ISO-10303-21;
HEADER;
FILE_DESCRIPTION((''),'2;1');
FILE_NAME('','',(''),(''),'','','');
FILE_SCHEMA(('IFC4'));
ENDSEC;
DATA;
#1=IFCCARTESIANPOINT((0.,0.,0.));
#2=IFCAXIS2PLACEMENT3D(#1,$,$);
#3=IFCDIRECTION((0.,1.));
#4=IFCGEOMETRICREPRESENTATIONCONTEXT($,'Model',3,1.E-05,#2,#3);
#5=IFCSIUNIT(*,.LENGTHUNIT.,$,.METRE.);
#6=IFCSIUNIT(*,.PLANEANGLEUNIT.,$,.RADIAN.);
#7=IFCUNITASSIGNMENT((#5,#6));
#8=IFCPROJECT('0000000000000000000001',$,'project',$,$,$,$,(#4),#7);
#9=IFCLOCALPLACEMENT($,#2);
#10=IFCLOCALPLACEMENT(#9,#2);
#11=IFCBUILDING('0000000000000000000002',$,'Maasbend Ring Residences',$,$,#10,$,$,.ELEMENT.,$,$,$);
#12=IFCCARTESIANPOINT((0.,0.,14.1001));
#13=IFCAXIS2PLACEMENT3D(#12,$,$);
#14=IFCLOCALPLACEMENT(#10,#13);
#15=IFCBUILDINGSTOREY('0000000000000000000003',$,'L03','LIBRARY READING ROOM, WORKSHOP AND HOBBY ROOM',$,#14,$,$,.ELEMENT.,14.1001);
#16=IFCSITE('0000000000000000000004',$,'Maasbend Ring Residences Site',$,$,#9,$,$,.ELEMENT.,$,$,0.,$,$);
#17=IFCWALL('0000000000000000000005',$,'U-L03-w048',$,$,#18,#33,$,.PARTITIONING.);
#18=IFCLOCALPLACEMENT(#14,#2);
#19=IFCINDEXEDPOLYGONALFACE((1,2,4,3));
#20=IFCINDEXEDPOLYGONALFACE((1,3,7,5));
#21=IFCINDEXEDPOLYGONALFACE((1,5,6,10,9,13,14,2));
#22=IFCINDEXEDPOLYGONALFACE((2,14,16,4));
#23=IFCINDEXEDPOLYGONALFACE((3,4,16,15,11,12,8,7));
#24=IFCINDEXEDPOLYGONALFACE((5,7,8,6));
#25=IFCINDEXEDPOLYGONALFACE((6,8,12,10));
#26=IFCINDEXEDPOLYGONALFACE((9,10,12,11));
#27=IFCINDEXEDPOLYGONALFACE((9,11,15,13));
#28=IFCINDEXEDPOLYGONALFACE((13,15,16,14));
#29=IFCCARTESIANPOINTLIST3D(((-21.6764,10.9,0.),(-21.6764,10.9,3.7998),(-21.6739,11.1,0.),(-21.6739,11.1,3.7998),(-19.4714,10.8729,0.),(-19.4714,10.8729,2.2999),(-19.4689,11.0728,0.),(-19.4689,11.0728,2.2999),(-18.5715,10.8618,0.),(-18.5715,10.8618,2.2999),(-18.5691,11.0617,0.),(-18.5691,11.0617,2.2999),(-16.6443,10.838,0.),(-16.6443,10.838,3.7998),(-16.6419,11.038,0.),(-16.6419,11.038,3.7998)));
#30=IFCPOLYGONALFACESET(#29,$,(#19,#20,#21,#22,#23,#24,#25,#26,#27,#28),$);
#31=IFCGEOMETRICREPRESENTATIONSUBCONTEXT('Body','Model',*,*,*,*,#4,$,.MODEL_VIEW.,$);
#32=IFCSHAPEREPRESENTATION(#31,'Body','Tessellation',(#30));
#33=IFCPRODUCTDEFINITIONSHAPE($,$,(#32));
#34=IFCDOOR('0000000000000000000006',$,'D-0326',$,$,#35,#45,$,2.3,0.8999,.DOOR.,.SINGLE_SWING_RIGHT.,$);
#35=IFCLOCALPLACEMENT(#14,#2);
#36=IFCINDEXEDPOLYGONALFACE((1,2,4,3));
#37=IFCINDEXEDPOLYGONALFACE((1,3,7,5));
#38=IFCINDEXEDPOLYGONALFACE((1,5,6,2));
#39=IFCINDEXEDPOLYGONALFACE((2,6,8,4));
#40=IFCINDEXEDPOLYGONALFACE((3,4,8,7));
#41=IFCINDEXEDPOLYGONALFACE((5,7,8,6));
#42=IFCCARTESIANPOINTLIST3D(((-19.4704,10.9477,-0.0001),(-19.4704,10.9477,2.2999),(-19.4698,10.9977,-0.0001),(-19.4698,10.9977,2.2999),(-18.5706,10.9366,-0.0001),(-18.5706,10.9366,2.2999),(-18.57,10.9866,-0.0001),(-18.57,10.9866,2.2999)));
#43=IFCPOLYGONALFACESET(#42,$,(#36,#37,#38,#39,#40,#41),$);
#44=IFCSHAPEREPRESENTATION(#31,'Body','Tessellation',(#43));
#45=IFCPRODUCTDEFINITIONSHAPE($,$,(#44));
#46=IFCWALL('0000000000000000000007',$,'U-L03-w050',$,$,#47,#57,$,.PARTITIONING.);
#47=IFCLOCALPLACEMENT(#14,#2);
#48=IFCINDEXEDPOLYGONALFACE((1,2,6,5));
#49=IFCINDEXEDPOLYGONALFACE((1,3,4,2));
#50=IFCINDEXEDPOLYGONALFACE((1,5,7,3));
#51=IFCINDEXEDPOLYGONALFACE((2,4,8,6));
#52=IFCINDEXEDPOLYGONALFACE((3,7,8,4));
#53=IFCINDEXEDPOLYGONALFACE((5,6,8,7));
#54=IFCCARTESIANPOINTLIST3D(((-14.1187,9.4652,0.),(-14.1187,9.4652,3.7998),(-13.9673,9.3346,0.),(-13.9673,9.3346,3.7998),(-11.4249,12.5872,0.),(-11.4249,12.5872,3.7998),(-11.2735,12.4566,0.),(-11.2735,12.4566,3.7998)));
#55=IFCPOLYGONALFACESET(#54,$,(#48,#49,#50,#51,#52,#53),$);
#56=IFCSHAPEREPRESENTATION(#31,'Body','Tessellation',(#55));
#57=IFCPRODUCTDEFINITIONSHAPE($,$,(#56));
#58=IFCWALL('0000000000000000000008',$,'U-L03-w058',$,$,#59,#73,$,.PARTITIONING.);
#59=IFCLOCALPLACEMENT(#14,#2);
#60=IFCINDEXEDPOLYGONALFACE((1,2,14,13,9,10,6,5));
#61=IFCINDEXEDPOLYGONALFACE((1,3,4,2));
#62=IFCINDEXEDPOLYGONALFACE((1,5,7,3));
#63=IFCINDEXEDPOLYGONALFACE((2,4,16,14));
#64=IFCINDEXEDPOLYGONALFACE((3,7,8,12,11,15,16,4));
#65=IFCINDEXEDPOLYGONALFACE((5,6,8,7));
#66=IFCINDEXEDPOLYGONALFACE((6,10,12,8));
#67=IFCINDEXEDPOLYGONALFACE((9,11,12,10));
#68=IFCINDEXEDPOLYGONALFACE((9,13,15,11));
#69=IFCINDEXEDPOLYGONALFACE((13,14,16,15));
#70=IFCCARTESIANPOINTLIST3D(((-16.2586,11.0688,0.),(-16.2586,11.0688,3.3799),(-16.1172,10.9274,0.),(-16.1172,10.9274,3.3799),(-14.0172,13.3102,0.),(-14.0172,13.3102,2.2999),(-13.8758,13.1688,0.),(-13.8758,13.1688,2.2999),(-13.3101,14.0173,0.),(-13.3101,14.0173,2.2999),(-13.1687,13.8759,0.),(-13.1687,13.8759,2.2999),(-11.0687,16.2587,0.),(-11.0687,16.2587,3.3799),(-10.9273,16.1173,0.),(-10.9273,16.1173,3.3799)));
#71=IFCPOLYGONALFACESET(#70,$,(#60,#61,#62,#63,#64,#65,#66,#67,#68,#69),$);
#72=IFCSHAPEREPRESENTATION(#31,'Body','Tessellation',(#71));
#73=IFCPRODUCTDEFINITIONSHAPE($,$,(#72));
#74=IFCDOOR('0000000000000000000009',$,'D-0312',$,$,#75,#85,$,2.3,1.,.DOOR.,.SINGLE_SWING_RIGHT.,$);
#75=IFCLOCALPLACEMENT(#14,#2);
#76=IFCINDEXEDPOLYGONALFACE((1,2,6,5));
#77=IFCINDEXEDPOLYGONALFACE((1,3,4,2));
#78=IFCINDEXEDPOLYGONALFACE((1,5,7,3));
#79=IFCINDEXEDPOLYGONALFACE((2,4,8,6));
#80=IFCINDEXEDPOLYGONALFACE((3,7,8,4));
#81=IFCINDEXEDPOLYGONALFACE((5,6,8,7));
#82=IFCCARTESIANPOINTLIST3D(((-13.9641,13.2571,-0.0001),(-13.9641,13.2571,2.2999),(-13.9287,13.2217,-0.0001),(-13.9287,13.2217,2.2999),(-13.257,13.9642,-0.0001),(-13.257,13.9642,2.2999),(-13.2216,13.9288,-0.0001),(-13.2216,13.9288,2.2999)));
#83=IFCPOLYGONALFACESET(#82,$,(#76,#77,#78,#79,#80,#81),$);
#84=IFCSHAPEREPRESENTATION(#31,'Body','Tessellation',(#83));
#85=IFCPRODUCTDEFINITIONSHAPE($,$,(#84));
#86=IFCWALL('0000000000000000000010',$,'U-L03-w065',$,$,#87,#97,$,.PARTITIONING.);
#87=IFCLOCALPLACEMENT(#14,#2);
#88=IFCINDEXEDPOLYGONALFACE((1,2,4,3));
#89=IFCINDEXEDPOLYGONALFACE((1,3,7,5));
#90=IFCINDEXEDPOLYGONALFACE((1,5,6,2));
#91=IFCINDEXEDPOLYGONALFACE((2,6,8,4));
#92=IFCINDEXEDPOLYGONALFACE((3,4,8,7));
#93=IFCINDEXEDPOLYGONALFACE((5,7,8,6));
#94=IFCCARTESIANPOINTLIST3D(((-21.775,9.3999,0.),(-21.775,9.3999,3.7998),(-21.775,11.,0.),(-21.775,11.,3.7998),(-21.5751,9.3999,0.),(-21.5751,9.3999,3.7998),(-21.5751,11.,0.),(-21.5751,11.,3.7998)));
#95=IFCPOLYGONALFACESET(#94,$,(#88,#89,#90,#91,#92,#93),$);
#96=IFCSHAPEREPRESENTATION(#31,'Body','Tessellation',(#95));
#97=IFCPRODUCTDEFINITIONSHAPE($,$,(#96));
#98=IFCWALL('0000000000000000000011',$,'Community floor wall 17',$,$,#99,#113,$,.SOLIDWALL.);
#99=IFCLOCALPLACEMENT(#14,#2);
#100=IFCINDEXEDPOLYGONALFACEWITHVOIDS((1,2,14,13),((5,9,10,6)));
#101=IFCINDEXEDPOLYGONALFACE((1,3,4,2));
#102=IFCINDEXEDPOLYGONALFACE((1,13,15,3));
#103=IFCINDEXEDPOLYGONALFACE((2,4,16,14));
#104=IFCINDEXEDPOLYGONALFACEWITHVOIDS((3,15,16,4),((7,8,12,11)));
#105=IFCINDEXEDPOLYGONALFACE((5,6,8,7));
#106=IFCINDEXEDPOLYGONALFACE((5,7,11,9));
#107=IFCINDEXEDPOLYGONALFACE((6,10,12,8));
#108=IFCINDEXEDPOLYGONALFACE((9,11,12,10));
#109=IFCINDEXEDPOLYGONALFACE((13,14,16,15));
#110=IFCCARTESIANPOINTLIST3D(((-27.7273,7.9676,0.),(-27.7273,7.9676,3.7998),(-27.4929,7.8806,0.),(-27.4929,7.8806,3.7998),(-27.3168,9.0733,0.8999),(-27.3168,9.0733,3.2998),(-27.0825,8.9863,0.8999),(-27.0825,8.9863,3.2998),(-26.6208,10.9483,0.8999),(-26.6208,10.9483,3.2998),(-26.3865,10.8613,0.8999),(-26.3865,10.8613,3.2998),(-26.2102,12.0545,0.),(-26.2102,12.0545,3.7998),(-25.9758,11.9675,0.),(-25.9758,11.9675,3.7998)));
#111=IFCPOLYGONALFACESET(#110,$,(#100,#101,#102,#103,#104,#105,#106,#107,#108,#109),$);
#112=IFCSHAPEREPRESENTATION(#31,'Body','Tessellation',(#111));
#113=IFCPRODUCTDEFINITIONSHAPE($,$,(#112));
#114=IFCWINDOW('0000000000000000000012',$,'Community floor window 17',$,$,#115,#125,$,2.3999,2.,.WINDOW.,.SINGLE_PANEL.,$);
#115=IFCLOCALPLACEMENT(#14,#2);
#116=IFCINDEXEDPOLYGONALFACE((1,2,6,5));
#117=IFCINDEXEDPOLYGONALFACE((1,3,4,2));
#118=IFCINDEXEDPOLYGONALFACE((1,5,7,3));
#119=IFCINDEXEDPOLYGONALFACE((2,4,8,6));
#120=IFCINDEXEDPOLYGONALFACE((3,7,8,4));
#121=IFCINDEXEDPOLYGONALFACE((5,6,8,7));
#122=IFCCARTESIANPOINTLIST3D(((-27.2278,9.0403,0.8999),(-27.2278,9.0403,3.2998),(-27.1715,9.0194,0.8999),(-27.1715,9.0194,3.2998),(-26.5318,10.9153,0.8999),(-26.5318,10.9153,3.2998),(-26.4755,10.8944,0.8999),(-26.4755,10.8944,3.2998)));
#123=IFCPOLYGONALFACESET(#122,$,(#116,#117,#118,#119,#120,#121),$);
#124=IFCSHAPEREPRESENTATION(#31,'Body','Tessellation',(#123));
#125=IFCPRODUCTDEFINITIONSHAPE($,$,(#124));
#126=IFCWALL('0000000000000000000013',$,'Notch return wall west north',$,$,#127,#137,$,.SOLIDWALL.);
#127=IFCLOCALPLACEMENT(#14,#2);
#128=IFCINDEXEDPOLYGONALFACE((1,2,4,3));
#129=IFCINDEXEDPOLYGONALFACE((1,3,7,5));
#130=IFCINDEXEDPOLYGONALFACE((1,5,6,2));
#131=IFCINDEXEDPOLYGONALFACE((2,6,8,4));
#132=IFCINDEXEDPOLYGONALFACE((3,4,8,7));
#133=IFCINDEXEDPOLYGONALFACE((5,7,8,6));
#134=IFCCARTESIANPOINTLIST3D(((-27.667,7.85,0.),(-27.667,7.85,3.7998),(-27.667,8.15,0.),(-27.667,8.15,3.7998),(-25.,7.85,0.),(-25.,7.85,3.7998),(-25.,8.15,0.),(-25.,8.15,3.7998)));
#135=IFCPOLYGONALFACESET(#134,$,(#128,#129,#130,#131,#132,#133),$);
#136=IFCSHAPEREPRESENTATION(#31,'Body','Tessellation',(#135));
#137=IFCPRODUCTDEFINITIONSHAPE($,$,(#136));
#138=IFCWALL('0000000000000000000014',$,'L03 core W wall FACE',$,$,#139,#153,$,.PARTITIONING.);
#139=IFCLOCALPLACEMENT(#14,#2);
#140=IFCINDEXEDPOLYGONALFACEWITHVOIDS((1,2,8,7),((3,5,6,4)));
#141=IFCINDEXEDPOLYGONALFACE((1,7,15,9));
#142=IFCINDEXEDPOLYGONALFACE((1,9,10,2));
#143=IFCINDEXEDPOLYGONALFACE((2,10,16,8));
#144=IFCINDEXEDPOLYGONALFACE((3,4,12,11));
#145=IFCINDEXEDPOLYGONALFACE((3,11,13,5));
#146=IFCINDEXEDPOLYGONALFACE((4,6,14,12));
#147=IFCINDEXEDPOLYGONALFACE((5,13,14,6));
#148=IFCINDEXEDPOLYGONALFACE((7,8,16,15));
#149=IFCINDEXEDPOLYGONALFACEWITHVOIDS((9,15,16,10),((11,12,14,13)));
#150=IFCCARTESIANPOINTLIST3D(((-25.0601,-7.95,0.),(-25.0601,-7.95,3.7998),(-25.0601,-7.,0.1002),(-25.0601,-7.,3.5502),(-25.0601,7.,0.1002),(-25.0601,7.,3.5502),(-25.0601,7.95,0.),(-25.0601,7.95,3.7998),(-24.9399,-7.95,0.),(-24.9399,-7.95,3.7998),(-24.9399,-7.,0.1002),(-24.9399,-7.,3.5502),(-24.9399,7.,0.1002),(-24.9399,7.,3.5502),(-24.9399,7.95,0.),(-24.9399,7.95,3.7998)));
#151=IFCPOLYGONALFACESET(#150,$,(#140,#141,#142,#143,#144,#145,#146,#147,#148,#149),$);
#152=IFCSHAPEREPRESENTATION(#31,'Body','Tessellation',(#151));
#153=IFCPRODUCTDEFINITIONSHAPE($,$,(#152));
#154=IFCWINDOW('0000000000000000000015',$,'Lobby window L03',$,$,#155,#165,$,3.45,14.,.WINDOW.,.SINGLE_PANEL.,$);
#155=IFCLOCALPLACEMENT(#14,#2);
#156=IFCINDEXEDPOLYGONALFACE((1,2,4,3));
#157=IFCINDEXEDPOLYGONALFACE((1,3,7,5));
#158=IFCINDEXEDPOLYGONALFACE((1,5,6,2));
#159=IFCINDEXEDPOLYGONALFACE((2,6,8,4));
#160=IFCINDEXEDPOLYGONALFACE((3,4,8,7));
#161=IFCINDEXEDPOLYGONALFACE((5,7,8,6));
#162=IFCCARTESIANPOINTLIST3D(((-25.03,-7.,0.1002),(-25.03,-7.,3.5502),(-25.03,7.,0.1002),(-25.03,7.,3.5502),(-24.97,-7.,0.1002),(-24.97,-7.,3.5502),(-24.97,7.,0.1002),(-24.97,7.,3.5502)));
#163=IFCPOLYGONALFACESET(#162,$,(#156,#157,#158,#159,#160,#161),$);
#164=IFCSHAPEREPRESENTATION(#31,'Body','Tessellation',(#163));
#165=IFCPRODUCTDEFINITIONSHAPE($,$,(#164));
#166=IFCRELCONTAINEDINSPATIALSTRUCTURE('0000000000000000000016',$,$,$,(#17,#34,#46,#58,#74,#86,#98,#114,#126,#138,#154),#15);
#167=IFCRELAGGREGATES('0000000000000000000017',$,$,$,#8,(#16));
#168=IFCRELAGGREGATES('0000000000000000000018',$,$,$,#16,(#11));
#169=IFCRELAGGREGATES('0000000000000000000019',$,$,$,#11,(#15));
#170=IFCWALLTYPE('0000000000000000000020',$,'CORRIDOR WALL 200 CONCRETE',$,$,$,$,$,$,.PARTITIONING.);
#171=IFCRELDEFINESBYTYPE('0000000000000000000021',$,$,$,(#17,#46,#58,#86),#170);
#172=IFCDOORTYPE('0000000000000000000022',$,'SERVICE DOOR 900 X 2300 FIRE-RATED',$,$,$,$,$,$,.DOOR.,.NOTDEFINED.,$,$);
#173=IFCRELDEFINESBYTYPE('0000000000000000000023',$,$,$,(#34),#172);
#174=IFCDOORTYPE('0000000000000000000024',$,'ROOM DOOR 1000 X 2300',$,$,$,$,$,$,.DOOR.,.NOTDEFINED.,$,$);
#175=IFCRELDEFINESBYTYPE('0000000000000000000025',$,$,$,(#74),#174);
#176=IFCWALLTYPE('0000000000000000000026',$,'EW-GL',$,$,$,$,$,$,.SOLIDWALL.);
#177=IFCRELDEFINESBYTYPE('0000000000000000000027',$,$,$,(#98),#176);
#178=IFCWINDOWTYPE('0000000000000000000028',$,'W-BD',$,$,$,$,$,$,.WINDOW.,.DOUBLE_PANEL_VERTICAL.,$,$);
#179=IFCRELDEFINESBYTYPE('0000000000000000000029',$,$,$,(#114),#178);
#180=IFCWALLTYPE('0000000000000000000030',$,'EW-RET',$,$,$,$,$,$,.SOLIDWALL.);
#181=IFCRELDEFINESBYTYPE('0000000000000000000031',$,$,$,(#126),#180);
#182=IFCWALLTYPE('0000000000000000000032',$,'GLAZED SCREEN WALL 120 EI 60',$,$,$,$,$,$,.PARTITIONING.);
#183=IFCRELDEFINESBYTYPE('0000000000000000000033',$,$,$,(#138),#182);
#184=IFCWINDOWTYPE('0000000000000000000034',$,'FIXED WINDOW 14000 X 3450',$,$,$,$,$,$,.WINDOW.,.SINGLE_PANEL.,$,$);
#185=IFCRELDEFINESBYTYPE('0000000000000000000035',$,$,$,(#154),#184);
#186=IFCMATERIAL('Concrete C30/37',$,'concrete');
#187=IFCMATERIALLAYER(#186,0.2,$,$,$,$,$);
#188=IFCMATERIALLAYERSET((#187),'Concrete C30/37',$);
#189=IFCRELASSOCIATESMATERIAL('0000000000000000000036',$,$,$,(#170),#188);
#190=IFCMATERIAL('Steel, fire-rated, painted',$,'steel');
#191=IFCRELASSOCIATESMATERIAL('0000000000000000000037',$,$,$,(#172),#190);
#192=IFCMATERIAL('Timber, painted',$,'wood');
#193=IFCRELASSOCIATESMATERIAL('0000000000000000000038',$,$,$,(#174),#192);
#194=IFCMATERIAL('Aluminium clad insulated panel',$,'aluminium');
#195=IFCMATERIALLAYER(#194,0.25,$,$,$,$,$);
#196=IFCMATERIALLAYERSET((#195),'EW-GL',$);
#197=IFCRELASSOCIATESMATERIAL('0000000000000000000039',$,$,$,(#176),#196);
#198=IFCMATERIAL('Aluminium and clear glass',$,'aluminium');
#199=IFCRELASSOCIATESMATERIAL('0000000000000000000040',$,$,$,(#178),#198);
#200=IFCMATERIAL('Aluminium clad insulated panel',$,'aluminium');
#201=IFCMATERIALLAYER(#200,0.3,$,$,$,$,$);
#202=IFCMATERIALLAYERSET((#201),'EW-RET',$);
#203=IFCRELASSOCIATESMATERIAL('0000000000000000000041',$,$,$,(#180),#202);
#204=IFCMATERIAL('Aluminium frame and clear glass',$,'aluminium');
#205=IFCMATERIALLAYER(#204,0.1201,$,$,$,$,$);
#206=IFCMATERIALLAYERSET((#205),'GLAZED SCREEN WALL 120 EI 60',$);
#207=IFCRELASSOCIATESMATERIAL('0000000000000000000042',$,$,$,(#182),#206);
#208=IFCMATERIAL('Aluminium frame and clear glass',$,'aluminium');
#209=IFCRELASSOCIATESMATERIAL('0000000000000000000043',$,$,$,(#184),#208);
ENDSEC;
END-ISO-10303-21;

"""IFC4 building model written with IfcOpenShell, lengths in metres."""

from ifc_helpers import new_model, si_unit, direction, frame, frame_2d, origin, place, context, subcontext, project, spatial, rectangle, extrude, material, layer, layer_set, type_object, element, fill, save


model = new_model("IFC4")

# Units and contexts
model_context = context("Model", 3, precision=1e-05, world=origin(), true_north=direction((0.0, 1.0)))
body_context = subcontext(model_context, "Body", "Model", "MODEL_VIEW")
ifc_project = project(units=[si_unit("LENGTHUNIT", "METRE"), si_unit("PLANEANGLEUNIT", "RADIAN")], contexts=[model_context])

# Site, building, storey
site_placement = place(None, origin())
site = spatial("IfcSite", under=ifc_project, at=site_placement, Name="Maasbend Ring Residences Site", CompositionType="ELEMENT", RefElevation=0.0)
building_placement = place(site_placement, origin())
building = spatial("IfcBuilding", under=site, at=building_placement, Name="Maasbend Ring Residences", CompositionType="ELEMENT")
storey_placement = place(building_placement, frame((0.0, 0.0, 14.1001)))
storey = spatial("IfcBuildingStorey", under=building, at=storey_placement, Name="L03", Description="LIBRARY READING ROOM, WORKSHOP AND HOBBY ROOM", CompositionType="ELEMENT", Elevation=14.1001)

# Wall, opening, door
ifc_material_1 = material(Name="Concrete C30/37", Category="concrete")
ifc_layer_1 = layer(ifc_material_1, 0.2)
ifc_layer_set_1 = layer_set([ifc_layer_1], Name="Concrete C30/37")
wall_type_1 = type_object("IfcWallType", Name="CORRIDOR WALL 200 CONCRETE", PredefinedType="PARTITIONING", material=ifc_layer_set_1)
wall_1_placement = place(storey_placement, frame((-21.675, 11.0, 0.0), z_axis=(0.0, 0.0, 1.0), x_axis=(0.999924, -0.012323, 0.0)))
wall_1 = element("IfcWall", 1, at=wall_1_placement, inside=storey, type_object=wall_type_1, Name="U-L03-w048", PredefinedType="PARTITIONING", context=body_context, shape_type="SweptSolid", body=[
    extrude(rectangle(XDim=5.0325, YDim=0.2, at=frame_2d((2.5161, 0.0))), origin(), (0.0, 0.0, 1.0), 3.7998),
])
opening_1_placement = place(wall_1_placement, frame((2.2051, 0.0, 0.0)))
opening_1 = element("IfcOpeningElement", 2, at=opening_1_placement, cuts=wall_1, PredefinedType="OPENING", context=body_context, shape_type="SweptSolid", body=[
    extrude(rectangle(XDim=0.8999, YDim=2.3, at=frame_2d((0.45, 1.1499))), frame((0.0, 0.1099, 0.0), z_axis=(0.0, -1.0, 0.0), x_axis=(1.0, 0.0, 0.0)), (0.0, 0.0, 1.0), 0.22),
])
ifc_material_2 = material(Name="Steel, fire-rated, painted", Category="steel")
door_type_1 = type_object("IfcDoorType", Name="SERVICE DOOR 900 X 2300 FIRE-RATED", OperationType="NOTDEFINED", PredefinedType="DOOR", material=ifc_material_2)
door_1_placement = place(opening_1_placement, origin())
door_1 = element("IfcDoor", 3, at=door_1_placement, inside=storey, type_object=door_type_1, Name="D-0326", OperationType="SINGLE_SWING_RIGHT", OverallHeight=2.3, OverallWidth=0.8999, PredefinedType="DOOR", context=body_context, shape_type="SweptSolid", body=[
    extrude(rectangle(XDim=0.8999, YDim=2.3, at=frame_2d((0.45, 1.1499))), frame((0.0, 0.0249, 0.0), z_axis=(0.0, -1.0, 0.0), x_axis=(1.0, 0.0, 0.0)), (0.0, 0.0, 1.0), 0.05),
])
fill(opening_1, door_1)

# Wall
wall_2_placement = place(storey_placement, frame((-14.043, 9.3999, 0.0), z_axis=(0.0, 0.0, 1.0), x_axis=(0.653275, 0.757121, 0.0)))
element("IfcWall", 4, at=wall_2_placement, inside=storey, type_object=wall_type_1, Name="U-L03-w050", PredefinedType="PARTITIONING", context=body_context, shape_type="SweptSolid", body=[
    extrude(rectangle(XDim=4.1235, YDim=0.2, at=frame_2d((2.0618, 0.0))), origin(), (0.0, 0.0, 1.0), 3.7998),
])

# Wall, opening, door
wall_3_placement = place(storey_placement, frame((-16.188, 10.998, 0.0), z_axis=(0.0, 0.0, 1.0), x_axis=(0.707107, 0.707107, 0.0)))
wall_3 = element("IfcWall", 5, at=wall_3_placement, inside=storey, type_object=wall_type_1, Name="U-L03-w058", PredefinedType="PARTITIONING", context=body_context, shape_type="SweptSolid", body=[
    extrude(rectangle(XDim=7.3396, YDim=0.2, at=frame_2d((3.6699, 0.0))), origin(), (0.0, 0.0, 1.0), 3.3799),
])
opening_2_placement = place(wall_3_placement, frame((3.1699, 0.0, 0.0)))
opening_2 = element("IfcOpeningElement", 6, at=opening_2_placement, cuts=wall_3, PredefinedType="OPENING", context=body_context, shape_type="SweptSolid", body=[
    extrude(rectangle(XDim=1.0, YDim=2.3, at=frame_2d((0.5, 1.1499))), frame((0.0, 0.1099, 0.0), z_axis=(0.0, -1.0, 0.0), x_axis=(1.0, 0.0, 0.0)), (0.0, 0.0, 1.0), 0.22),
])
ifc_material_3 = material(Name="Timber, painted", Category="wood")
door_type_2 = type_object("IfcDoorType", Name="ROOM DOOR 1000 X 2300", OperationType="NOTDEFINED", PredefinedType="DOOR", material=ifc_material_3)
door_2_placement = place(opening_2_placement, origin())
door_2 = element("IfcDoor", 7, at=door_2_placement, inside=storey, type_object=door_type_2, Name="D-0312", OperationType="SINGLE_SWING_RIGHT", OverallHeight=2.3, OverallWidth=1.0, PredefinedType="DOOR", context=body_context, shape_type="SweptSolid", body=[
    extrude(rectangle(XDim=1.0, YDim=2.3, at=frame_2d((0.5, 1.1499))), frame((0.0, 0.0249, 0.0), z_axis=(0.0, -1.0, 0.0), x_axis=(1.0, 0.0, 0.0)), (0.0, 0.0, 1.0), 0.05),
])
fill(opening_2, door_2)

# Wall
wall_4_placement = place(storey_placement, frame((-21.675, 9.3999, 0.0), z_axis=(0.0, 0.0, 1.0), x_axis=(0.0, 1.0, 0.0)))
element("IfcWall", 8, at=wall_4_placement, inside=storey, type_object=wall_type_1, Name="U-L03-w065", PredefinedType="PARTITIONING", context=body_context, shape_type="SweptSolid", body=[
    extrude(rectangle(XDim=1.6001, YDim=0.2, at=frame_2d((0.8, 0.0))), origin(), (0.0, 0.0, 1.0), 3.7998),
])

# Wall, opening, window
ifc_material_4 = material(Name="Aluminium clad insulated panel", Category="aluminium")
ifc_layer_2 = layer(ifc_material_4, 0.25)
ifc_layer_set_2 = layer_set([ifc_layer_2], Name="EW-GL")
wall_type_2 = type_object("IfcWallType", Name="EW-GL", PredefinedType="SOLIDWALL", material=ifc_layer_set_2)
wall_5_placement = place(storey_placement, frame((-26.093, 12.011, 0.0), z_axis=(0.0, 0.0, 1.0), x_axis=(-0.348004, -0.937493, 0.0)))
wall_5 = element("IfcWall", 9, at=wall_5_placement, inside=storey, type_object=wall_type_2, Name="Community floor wall 17", PredefinedType="SOLIDWALL", context=body_context, shape_type="SweptSolid", body=[
    extrude(rectangle(XDim=4.3594, YDim=0.25, at=frame_2d((2.1797, 0.0))), origin(), (0.0, 0.0, 1.0), 3.7998),
])
opening_3_placement = place(wall_5_placement, frame((1.1799, 0.0, 0.8999)))
opening_3 = element("IfcOpeningElement", 10, at=opening_3_placement, cuts=wall_5, PredefinedType="OPENING", context=body_context, shape_type="SweptSolid", body=[
    extrude(rectangle(XDim=2.0, YDim=2.3999, at=frame_2d((1.0, 1.2))), frame((0.0, 0.135, 0.0), z_axis=(0.0, -1.0, 0.0), x_axis=(1.0, 0.0, 0.0)), (0.0, 0.0, 1.0), 0.27),
])
ifc_material_5 = material(Name="Aluminium and clear glass", Category="aluminium")
window_type_1 = type_object("IfcWindowType", Name="W-BD", PartitioningType="DOUBLE_PANEL_VERTICAL", PredefinedType="WINDOW", material=ifc_material_5)
window_1_placement = place(opening_3_placement, origin())
window_1 = element("IfcWindow", 11, at=window_1_placement, inside=storey, type_object=window_type_1, Name="Community floor window 17", OverallHeight=2.3999, OverallWidth=2.0, PartitioningType="SINGLE_PANEL", PredefinedType="WINDOW", context=body_context, shape_type="SweptSolid", body=[
    extrude(rectangle(XDim=2.0, YDim=2.3999, at=frame_2d((1.0, 1.2))), frame((0.0, 0.03, 0.0), z_axis=(0.0, -1.0, 0.0), x_axis=(1.0, 0.0, 0.0)), (0.0, 0.0, 1.0), 0.0601),
])
fill(opening_3, window_1)

# Wall
ifc_material_6 = material(Name="Aluminium clad insulated panel", Category="aluminium")
ifc_layer_3 = layer(ifc_material_6, 0.3)
ifc_layer_set_3 = layer_set([ifc_layer_3], Name="EW-RET")
wall_type_3 = type_object("IfcWallType", Name="EW-RET", PredefinedType="SOLIDWALL", material=ifc_layer_set_3)
wall_6_placement = place(storey_placement, frame((-25.0, 8.0, 0.0), z_axis=(0.0, 0.0, 1.0), x_axis=(-1.0, 0.0, 0.0)))
element("IfcWall", 12, at=wall_6_placement, inside=storey, type_object=wall_type_3, Name="Notch return wall west north", PredefinedType="SOLIDWALL", context=body_context, shape_type="SweptSolid", body=[
    extrude(rectangle(XDim=2.667, YDim=0.3, at=frame_2d((1.3335, 0.0))), origin(), (0.0, 0.0, 1.0), 3.7998),
])

# Wall, opening, window
ifc_material_7 = material(Name="Aluminium frame and clear glass", Category="aluminium")
ifc_layer_4 = layer(ifc_material_7, 0.1201)
ifc_layer_set_4 = layer_set([ifc_layer_4], Name="GLAZED SCREEN WALL 120 EI 60")
wall_type_4 = type_object("IfcWallType", Name="GLAZED SCREEN WALL 120 EI 60", PredefinedType="PARTITIONING", material=ifc_layer_set_4)
wall_7_placement = place(storey_placement, frame((-25.0, 7.95, 0.0), z_axis=(0.0, 0.0, 1.0), x_axis=(0.0, -1.0, 0.0)))
wall_7 = element("IfcWall", 13, at=wall_7_placement, inside=storey, type_object=wall_type_4, Name="L03 core W wall FACE", PredefinedType="PARTITIONING", context=body_context, shape_type="SweptSolid", body=[
    extrude(rectangle(XDim=15.8999, YDim=0.1201, at=frame_2d((7.95, 0.0))), origin(), (0.0, 0.0, 1.0), 3.7998),
])
opening_4_placement = place(wall_7_placement, frame((0.95, 0.0, 0.1001)))
opening_4 = element("IfcOpeningElement", 14, at=opening_4_placement, cuts=wall_7, PredefinedType="OPENING", context=body_context, shape_type="SweptSolid", body=[
    extrude(rectangle(XDim=14.0, YDim=3.45, at=frame_2d((7.0, 1.7251))), frame((0.0, 0.0701, 0.0), z_axis=(0.0, -1.0, 0.0), x_axis=(1.0, 0.0, 0.0)), (0.0, 0.0, 1.0), 0.1401),
])
ifc_material_8 = material(Name="Aluminium frame and clear glass", Category="aluminium")
window_type_2 = type_object("IfcWindowType", Name="FIXED WINDOW 14000 X 3450", PartitioningType="SINGLE_PANEL", PredefinedType="WINDOW", material=ifc_material_8)
window_2_placement = place(opening_4_placement, origin())
window_2 = element("IfcWindow", 15, at=window_2_placement, inside=storey, type_object=window_type_2, Name="Lobby window L03", OverallHeight=3.45, OverallWidth=14.0, PartitioningType="SINGLE_PANEL", PredefinedType="WINDOW", context=body_context, shape_type="SweptSolid", body=[
    extrude(rectangle(XDim=14.0, YDim=3.45, at=frame_2d((7.0, 1.7251))), frame((0.0, 0.03, 0.0), z_axis=(0.0, -1.0, 0.0), x_axis=(1.0, 0.0, 0.0)), (0.0, 0.0, 1.0), 0.0601),
])
fill(opening_4, window_2)

save(model, "model.ifc")
